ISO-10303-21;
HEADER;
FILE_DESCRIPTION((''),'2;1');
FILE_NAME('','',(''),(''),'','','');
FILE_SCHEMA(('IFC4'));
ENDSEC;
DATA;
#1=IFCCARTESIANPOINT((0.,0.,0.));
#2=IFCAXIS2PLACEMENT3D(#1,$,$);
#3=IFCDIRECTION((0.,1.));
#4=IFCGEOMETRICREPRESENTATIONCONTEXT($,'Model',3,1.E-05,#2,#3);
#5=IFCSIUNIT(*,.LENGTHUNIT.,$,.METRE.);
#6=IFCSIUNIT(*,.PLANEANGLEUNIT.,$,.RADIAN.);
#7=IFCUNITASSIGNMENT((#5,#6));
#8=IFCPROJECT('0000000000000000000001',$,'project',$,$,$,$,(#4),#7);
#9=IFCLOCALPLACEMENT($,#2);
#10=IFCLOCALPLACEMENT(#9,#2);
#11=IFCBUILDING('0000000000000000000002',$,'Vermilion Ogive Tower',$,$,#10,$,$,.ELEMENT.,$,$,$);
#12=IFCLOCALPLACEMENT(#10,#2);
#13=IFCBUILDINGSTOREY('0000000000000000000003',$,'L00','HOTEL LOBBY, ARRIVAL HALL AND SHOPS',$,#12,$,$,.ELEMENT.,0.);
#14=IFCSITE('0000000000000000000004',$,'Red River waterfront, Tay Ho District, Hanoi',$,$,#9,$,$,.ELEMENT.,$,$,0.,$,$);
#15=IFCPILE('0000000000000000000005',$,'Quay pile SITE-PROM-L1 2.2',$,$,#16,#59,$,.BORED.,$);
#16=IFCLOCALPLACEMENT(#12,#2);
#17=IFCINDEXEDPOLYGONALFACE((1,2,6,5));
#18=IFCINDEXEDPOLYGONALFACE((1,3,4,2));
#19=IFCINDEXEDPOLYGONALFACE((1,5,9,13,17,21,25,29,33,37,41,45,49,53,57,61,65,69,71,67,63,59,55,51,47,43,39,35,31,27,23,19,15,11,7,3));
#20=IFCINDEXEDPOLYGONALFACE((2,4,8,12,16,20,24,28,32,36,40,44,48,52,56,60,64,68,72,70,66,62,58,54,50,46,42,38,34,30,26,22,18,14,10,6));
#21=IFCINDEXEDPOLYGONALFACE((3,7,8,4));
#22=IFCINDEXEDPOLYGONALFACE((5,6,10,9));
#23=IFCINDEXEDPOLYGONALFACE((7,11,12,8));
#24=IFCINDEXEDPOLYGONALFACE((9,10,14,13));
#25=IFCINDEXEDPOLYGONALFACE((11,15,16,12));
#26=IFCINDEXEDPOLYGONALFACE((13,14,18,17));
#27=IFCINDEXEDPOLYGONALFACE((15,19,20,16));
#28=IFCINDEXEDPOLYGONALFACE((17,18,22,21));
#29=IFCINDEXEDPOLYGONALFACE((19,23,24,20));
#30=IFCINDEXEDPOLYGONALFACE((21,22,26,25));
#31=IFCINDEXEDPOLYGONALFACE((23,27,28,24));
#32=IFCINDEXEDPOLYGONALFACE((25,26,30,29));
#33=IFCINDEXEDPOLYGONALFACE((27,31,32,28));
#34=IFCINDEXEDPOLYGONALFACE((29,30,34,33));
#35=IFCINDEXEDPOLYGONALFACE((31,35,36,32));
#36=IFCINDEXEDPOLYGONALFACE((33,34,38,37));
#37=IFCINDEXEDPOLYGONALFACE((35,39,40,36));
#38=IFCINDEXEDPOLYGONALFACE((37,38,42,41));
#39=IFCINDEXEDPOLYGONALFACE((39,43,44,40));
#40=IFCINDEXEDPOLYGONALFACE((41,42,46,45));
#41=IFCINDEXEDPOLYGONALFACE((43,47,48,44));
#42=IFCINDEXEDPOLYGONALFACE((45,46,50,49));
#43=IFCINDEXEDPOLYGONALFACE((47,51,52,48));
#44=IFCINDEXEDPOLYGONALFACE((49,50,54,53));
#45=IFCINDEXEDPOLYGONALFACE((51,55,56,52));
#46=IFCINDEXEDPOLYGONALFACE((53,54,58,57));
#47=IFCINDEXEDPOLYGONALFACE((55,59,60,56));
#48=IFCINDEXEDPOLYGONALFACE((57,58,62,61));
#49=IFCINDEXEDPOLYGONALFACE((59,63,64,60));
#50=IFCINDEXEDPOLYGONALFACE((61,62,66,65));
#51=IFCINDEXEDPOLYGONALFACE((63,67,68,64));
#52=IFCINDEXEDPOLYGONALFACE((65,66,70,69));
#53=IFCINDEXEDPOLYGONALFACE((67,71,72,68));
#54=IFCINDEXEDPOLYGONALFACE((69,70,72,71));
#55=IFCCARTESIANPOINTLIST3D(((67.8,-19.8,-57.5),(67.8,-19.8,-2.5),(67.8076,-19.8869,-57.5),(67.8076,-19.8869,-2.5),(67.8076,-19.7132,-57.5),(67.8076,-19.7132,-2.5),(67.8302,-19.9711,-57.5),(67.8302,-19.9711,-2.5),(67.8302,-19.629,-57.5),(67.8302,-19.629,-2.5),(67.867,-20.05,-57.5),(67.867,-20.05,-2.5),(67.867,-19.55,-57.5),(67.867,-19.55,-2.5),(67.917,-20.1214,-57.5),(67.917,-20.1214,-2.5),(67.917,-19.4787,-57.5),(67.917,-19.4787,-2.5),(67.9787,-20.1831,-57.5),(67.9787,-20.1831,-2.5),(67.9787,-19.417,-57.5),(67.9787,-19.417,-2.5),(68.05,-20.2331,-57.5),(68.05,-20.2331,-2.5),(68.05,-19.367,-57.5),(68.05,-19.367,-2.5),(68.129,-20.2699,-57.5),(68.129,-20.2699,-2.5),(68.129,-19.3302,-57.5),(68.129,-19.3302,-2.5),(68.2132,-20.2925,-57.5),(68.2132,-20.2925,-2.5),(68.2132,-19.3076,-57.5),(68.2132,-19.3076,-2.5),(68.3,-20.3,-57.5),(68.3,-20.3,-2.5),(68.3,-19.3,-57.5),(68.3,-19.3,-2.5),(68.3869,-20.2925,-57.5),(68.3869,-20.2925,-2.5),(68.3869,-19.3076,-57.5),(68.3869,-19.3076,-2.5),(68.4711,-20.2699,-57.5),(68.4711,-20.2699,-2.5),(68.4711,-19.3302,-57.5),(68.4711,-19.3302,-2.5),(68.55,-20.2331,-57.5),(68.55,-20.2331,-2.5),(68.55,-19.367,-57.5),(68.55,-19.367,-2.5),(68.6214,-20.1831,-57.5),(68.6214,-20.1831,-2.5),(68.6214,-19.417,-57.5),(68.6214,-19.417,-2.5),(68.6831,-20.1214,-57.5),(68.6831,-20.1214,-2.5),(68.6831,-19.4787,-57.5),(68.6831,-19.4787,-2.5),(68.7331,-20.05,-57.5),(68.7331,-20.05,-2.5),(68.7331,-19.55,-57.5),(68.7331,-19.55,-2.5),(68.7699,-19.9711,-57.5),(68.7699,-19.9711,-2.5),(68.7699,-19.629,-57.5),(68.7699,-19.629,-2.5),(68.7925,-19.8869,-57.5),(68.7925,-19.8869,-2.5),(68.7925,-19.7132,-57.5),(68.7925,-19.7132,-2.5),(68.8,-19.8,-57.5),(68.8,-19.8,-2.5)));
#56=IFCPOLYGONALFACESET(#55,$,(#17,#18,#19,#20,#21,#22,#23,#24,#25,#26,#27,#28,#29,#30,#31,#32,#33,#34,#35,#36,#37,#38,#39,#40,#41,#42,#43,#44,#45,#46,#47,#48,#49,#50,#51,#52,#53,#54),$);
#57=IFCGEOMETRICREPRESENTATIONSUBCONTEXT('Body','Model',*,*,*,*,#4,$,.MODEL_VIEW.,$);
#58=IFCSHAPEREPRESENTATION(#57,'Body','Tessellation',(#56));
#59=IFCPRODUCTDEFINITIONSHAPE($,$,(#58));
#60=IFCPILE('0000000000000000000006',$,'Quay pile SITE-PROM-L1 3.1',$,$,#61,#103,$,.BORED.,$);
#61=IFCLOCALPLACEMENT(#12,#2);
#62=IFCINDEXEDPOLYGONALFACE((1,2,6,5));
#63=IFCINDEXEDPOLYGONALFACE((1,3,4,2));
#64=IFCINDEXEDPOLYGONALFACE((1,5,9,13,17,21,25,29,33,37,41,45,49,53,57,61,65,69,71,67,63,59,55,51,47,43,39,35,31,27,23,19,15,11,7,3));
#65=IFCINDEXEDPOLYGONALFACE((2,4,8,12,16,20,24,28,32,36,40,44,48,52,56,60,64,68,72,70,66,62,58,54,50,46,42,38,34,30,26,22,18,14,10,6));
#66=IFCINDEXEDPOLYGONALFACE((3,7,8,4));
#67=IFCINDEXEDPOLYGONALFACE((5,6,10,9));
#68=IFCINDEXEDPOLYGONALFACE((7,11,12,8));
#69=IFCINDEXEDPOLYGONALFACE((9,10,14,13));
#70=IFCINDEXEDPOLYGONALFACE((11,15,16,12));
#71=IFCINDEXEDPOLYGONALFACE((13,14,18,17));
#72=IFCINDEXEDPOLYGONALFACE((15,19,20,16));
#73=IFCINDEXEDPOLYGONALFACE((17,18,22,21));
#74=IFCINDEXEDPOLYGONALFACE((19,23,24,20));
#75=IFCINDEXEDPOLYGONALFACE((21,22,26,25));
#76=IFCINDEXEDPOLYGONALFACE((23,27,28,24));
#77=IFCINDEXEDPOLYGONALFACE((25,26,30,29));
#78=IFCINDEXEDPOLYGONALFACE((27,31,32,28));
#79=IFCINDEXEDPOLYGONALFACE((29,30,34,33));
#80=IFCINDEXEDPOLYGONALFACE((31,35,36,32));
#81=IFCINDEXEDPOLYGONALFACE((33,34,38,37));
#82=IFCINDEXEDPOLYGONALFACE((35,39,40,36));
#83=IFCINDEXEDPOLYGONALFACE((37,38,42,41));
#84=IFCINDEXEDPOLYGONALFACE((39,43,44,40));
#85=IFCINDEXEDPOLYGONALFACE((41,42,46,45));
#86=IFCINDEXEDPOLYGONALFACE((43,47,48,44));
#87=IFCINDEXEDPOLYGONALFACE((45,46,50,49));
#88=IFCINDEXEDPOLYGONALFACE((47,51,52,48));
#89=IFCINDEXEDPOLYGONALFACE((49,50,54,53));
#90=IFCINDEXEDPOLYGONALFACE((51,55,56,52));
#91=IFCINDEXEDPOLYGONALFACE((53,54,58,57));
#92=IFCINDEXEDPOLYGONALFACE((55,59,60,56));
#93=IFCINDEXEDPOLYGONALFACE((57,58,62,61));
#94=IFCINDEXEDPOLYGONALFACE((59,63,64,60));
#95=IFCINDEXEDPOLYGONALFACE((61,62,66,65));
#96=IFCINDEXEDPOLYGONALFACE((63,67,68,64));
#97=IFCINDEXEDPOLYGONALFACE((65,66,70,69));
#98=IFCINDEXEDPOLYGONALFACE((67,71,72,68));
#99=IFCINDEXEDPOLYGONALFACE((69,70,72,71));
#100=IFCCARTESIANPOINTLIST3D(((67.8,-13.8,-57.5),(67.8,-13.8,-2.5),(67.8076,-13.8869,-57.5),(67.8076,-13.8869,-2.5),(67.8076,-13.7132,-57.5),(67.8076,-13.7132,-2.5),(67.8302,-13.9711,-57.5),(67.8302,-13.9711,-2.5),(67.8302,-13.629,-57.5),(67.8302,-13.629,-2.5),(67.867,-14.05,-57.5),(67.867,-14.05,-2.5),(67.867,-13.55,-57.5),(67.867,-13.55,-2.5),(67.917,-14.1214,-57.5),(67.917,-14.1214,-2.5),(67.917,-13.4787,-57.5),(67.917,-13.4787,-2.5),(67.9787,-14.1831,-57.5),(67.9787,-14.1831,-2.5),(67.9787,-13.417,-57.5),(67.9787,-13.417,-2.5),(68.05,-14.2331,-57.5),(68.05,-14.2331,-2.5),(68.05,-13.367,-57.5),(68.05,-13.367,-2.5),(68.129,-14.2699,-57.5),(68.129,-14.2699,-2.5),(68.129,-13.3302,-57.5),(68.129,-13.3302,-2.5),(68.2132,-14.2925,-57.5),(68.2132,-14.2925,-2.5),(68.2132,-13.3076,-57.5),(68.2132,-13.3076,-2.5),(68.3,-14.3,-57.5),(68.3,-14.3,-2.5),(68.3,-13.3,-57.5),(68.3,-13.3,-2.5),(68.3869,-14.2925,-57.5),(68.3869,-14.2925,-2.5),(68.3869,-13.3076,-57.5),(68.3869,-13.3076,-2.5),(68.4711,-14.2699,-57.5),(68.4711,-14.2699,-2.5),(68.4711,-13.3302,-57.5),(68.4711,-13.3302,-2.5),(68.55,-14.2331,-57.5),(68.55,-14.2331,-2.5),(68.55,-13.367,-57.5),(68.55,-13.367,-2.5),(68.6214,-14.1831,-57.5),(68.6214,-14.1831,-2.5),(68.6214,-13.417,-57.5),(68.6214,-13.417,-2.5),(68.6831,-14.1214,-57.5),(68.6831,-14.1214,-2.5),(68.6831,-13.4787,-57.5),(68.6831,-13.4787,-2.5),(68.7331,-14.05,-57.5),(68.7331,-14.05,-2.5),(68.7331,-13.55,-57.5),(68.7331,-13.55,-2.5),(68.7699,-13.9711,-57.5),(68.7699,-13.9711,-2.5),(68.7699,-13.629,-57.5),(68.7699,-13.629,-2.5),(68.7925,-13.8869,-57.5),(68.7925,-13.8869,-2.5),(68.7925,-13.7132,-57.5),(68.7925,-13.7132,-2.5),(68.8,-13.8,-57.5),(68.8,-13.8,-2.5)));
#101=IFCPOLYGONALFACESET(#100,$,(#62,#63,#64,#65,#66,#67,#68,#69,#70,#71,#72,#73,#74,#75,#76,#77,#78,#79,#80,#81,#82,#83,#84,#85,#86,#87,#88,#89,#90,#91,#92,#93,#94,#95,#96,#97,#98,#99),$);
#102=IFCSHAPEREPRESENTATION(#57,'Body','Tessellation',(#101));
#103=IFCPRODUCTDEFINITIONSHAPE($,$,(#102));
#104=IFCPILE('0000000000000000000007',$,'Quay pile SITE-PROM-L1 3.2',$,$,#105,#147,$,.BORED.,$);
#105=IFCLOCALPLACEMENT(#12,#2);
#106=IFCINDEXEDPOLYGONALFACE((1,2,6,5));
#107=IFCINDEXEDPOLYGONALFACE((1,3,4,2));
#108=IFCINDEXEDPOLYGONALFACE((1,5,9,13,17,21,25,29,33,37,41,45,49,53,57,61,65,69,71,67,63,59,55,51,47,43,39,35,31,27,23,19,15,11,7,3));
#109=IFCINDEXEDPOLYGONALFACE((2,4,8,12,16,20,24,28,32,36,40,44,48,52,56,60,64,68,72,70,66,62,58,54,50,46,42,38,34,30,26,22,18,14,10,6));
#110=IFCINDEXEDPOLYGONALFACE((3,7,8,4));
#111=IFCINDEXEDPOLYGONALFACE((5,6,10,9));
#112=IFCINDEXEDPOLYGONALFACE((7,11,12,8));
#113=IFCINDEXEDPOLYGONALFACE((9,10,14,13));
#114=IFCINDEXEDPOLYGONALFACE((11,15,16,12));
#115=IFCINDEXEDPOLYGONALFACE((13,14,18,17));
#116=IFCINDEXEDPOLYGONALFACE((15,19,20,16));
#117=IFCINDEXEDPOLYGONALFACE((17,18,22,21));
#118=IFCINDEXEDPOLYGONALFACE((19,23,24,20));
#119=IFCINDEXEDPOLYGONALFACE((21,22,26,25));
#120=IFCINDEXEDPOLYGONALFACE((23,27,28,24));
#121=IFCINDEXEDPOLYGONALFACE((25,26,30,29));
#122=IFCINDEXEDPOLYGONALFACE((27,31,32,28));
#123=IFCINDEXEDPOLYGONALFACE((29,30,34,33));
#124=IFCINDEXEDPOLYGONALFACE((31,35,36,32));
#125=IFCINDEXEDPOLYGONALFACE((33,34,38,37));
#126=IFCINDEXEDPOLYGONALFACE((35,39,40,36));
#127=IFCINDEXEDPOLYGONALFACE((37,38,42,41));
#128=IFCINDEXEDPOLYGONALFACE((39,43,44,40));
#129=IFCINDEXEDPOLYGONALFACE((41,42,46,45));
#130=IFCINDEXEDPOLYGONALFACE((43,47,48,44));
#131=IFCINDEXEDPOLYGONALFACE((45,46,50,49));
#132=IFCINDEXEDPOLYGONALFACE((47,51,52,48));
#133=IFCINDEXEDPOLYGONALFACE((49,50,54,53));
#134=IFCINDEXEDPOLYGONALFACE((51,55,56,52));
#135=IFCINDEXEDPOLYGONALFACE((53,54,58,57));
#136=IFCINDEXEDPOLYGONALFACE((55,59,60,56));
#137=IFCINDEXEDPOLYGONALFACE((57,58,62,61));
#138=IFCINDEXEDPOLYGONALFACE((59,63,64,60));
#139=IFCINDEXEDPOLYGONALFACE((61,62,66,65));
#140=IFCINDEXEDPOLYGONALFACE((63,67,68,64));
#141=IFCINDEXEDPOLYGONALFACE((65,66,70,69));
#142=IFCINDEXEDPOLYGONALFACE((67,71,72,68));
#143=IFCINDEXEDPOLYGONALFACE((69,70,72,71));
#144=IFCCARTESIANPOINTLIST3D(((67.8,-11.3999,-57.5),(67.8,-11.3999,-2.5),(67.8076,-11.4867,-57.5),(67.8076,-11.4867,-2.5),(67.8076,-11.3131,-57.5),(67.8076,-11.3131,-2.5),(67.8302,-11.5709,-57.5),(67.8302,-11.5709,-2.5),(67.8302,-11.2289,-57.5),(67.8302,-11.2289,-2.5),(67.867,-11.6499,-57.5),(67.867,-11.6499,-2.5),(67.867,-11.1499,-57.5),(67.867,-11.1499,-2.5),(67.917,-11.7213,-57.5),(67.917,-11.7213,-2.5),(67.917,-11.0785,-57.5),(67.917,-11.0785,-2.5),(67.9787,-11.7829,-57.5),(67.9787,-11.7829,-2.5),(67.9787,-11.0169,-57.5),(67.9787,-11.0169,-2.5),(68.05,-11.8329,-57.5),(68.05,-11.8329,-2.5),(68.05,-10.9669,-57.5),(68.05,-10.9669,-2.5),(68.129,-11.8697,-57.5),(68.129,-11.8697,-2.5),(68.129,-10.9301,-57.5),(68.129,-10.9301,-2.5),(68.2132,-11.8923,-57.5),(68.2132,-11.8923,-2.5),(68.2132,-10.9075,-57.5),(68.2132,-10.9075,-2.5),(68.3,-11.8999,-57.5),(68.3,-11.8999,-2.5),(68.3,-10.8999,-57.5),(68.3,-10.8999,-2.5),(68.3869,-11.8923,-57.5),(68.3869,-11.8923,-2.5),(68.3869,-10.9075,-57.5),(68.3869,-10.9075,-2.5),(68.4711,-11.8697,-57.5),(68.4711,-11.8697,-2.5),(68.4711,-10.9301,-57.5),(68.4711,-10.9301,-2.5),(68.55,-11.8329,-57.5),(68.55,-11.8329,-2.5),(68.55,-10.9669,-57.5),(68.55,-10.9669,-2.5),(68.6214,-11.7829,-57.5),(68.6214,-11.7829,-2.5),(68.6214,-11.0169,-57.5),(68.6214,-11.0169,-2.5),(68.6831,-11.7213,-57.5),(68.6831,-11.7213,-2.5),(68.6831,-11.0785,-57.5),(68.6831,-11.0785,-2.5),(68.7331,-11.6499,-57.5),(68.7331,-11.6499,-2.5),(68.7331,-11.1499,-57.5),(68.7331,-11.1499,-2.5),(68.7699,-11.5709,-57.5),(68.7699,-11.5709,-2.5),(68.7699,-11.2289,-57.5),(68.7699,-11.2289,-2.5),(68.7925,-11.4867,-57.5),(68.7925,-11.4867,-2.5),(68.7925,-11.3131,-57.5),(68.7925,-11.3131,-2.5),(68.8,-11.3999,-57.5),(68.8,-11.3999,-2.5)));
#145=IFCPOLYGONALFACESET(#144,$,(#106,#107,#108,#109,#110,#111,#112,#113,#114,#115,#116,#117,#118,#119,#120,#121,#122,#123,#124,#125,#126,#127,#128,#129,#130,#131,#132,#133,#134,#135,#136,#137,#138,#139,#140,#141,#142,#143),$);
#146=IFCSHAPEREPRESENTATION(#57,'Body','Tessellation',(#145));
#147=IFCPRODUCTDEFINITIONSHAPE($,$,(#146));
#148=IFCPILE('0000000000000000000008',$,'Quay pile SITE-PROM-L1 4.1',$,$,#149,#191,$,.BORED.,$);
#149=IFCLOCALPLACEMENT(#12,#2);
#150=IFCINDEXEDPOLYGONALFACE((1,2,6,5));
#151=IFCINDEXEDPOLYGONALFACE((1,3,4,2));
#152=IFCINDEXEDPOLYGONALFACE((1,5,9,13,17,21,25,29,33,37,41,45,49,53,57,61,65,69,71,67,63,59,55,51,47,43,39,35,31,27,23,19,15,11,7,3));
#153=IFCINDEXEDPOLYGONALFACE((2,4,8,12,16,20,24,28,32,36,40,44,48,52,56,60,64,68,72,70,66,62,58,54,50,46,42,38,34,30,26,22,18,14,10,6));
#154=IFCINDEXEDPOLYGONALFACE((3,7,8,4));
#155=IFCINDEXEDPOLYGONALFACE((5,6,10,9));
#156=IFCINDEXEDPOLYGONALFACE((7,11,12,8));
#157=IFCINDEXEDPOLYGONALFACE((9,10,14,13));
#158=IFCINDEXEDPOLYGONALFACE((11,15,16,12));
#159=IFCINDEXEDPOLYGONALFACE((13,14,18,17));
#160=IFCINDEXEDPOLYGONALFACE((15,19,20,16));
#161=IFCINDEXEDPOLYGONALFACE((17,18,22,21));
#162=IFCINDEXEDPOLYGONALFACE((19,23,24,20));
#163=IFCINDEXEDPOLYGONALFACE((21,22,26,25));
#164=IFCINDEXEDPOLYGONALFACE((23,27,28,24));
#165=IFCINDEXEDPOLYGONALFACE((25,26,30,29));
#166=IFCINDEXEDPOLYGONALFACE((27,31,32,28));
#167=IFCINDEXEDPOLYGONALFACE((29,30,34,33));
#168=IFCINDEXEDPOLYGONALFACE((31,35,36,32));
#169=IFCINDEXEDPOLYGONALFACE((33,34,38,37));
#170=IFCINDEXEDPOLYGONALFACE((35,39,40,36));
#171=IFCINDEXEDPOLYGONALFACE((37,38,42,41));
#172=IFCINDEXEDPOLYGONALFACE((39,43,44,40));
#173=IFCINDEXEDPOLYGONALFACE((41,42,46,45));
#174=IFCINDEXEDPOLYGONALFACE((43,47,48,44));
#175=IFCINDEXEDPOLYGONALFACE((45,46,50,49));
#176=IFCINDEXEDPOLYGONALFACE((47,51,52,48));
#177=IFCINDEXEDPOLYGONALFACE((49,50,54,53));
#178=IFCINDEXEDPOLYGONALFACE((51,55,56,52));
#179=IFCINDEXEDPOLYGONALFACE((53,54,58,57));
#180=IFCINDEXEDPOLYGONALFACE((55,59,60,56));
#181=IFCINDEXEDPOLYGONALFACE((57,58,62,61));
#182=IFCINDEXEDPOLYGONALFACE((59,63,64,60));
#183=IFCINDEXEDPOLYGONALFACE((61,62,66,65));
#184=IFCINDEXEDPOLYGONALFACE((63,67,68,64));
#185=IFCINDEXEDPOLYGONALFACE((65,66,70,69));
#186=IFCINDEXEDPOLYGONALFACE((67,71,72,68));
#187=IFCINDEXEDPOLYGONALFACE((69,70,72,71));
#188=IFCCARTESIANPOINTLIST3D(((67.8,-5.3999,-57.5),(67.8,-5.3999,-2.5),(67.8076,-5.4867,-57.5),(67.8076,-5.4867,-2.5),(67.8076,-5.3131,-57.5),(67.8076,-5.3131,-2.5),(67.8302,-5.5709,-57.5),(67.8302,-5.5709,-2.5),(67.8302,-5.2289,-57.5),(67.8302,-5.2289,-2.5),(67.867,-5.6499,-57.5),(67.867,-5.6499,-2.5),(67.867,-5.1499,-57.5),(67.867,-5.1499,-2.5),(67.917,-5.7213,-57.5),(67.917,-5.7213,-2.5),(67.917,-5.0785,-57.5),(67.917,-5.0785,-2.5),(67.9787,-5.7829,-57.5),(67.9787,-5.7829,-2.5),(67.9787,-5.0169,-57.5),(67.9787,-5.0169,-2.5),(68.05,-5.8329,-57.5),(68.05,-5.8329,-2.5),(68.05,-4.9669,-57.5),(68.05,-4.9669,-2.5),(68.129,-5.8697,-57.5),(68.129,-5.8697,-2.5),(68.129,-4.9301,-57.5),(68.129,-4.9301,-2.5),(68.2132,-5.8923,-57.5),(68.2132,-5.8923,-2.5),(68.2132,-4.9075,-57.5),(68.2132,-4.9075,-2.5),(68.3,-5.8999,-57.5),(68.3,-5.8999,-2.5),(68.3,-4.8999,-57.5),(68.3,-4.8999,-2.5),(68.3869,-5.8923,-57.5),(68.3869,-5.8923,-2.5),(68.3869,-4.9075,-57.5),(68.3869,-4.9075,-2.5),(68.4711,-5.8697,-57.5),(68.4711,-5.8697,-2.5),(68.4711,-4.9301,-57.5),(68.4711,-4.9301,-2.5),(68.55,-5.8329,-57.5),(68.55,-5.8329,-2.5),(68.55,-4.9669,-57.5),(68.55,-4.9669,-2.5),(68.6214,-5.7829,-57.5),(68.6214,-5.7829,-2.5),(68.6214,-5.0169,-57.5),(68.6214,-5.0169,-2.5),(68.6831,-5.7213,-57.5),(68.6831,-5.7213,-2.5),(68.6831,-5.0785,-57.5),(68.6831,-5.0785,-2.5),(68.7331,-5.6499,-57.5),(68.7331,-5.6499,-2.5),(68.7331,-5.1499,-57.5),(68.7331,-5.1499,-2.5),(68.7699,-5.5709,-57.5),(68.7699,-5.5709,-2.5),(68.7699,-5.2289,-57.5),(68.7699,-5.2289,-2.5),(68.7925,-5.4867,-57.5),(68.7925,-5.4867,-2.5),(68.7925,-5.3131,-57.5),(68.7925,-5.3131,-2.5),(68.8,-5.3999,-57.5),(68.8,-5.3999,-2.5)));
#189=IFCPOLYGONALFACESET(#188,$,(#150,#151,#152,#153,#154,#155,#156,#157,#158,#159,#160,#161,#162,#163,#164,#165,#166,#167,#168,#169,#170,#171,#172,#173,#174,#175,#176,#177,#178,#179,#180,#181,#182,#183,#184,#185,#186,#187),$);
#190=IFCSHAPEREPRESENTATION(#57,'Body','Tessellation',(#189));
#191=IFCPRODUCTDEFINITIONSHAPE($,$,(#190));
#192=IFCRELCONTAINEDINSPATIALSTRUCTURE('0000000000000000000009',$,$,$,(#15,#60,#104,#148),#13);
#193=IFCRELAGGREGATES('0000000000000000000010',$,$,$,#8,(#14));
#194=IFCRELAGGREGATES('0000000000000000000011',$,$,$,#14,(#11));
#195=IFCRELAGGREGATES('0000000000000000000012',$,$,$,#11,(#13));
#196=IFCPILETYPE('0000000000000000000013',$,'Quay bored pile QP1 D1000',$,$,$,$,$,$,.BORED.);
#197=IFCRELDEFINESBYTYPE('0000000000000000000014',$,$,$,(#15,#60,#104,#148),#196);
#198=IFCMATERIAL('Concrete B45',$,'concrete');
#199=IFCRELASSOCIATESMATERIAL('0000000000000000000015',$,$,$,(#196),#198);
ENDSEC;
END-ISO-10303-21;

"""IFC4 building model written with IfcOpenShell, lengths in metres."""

from ifc_helpers import new_model, si_unit, direction, frame, origin, origin_2d, place, context, subcontext, project, spatial, circle, extrude, material, type_object, element, save


model = new_model("IFC4")

# Units and contexts
model_context = context("Model", 3, precision=1e-05, world=origin(), true_north=direction((0.0, 1.0)))
body_context = subcontext(model_context, "Body", "Model", "MODEL_VIEW")
ifc_project = project(units=[si_unit("LENGTHUNIT", "METRE"), si_unit("PLANEANGLEUNIT", "RADIAN")], contexts=[model_context])

# Site, building, storey
site_placement = place(None, origin())
site = spatial("IfcSite", under=ifc_project, at=site_placement, Name="Red River waterfront, Tay Ho District, Hanoi", CompositionType="ELEMENT", RefElevation=0.0)
building_placement = place(site_placement, origin())
building = spatial("IfcBuilding", under=site, at=building_placement, Name="Vermilion Ogive Tower", CompositionType="ELEMENT")
storey_placement = place(building_placement, origin())
storey = spatial("IfcBuildingStorey", under=building, at=storey_placement, Name="L00", Description="HOTEL LOBBY, ARRIVAL HALL AND SHOPS", CompositionType="ELEMENT", Elevation=0.0)

# Piles
ifc_material_1 = material(Name="Concrete B45", Category="concrete")
pile_type = type_object("IfcPileType", Name="Quay bored pile QP1 D1000", PredefinedType="BORED", material=ifc_material_1)
for number, where, z_axis, x_axis, name in (
    (1, (68.3, -19.8, -2.5), (0.0, 0.0, -1.0), (1.0, 0.0, 0.0), "Quay pile SITE-PROM-L1 2.2"),
    (2, (68.3, -13.8, -2.5), (0.0, 0.0, -1.0), (1.0, 0.0, 0.0), "Quay pile SITE-PROM-L1 3.1"),
    (3, (68.3, -11.3999, -2.5), (0.0, 0.0, -1.0), (1.0, 0.0, 0.0), "Quay pile SITE-PROM-L1 3.2"),
    (4, (68.3, -5.3999, -2.5), (0.0, 0.0, -1.0), (1.0, 0.0, 0.0), "Quay pile SITE-PROM-L1 4.1"),
):
    element("IfcPile", number, at=place(storey_placement, frame(where, z_axis=z_axis, x_axis=x_axis)), inside=storey, type_object=pile_type, Name=name, PredefinedType="BORED", context=body_context, shape_type="SweptSolid", body=[
        extrude(circle(Radius=0.5, at=origin_2d()), origin(), (0.0, 0.0, 1.0), 55.0),
    ])

save(model, "model.ifc")
